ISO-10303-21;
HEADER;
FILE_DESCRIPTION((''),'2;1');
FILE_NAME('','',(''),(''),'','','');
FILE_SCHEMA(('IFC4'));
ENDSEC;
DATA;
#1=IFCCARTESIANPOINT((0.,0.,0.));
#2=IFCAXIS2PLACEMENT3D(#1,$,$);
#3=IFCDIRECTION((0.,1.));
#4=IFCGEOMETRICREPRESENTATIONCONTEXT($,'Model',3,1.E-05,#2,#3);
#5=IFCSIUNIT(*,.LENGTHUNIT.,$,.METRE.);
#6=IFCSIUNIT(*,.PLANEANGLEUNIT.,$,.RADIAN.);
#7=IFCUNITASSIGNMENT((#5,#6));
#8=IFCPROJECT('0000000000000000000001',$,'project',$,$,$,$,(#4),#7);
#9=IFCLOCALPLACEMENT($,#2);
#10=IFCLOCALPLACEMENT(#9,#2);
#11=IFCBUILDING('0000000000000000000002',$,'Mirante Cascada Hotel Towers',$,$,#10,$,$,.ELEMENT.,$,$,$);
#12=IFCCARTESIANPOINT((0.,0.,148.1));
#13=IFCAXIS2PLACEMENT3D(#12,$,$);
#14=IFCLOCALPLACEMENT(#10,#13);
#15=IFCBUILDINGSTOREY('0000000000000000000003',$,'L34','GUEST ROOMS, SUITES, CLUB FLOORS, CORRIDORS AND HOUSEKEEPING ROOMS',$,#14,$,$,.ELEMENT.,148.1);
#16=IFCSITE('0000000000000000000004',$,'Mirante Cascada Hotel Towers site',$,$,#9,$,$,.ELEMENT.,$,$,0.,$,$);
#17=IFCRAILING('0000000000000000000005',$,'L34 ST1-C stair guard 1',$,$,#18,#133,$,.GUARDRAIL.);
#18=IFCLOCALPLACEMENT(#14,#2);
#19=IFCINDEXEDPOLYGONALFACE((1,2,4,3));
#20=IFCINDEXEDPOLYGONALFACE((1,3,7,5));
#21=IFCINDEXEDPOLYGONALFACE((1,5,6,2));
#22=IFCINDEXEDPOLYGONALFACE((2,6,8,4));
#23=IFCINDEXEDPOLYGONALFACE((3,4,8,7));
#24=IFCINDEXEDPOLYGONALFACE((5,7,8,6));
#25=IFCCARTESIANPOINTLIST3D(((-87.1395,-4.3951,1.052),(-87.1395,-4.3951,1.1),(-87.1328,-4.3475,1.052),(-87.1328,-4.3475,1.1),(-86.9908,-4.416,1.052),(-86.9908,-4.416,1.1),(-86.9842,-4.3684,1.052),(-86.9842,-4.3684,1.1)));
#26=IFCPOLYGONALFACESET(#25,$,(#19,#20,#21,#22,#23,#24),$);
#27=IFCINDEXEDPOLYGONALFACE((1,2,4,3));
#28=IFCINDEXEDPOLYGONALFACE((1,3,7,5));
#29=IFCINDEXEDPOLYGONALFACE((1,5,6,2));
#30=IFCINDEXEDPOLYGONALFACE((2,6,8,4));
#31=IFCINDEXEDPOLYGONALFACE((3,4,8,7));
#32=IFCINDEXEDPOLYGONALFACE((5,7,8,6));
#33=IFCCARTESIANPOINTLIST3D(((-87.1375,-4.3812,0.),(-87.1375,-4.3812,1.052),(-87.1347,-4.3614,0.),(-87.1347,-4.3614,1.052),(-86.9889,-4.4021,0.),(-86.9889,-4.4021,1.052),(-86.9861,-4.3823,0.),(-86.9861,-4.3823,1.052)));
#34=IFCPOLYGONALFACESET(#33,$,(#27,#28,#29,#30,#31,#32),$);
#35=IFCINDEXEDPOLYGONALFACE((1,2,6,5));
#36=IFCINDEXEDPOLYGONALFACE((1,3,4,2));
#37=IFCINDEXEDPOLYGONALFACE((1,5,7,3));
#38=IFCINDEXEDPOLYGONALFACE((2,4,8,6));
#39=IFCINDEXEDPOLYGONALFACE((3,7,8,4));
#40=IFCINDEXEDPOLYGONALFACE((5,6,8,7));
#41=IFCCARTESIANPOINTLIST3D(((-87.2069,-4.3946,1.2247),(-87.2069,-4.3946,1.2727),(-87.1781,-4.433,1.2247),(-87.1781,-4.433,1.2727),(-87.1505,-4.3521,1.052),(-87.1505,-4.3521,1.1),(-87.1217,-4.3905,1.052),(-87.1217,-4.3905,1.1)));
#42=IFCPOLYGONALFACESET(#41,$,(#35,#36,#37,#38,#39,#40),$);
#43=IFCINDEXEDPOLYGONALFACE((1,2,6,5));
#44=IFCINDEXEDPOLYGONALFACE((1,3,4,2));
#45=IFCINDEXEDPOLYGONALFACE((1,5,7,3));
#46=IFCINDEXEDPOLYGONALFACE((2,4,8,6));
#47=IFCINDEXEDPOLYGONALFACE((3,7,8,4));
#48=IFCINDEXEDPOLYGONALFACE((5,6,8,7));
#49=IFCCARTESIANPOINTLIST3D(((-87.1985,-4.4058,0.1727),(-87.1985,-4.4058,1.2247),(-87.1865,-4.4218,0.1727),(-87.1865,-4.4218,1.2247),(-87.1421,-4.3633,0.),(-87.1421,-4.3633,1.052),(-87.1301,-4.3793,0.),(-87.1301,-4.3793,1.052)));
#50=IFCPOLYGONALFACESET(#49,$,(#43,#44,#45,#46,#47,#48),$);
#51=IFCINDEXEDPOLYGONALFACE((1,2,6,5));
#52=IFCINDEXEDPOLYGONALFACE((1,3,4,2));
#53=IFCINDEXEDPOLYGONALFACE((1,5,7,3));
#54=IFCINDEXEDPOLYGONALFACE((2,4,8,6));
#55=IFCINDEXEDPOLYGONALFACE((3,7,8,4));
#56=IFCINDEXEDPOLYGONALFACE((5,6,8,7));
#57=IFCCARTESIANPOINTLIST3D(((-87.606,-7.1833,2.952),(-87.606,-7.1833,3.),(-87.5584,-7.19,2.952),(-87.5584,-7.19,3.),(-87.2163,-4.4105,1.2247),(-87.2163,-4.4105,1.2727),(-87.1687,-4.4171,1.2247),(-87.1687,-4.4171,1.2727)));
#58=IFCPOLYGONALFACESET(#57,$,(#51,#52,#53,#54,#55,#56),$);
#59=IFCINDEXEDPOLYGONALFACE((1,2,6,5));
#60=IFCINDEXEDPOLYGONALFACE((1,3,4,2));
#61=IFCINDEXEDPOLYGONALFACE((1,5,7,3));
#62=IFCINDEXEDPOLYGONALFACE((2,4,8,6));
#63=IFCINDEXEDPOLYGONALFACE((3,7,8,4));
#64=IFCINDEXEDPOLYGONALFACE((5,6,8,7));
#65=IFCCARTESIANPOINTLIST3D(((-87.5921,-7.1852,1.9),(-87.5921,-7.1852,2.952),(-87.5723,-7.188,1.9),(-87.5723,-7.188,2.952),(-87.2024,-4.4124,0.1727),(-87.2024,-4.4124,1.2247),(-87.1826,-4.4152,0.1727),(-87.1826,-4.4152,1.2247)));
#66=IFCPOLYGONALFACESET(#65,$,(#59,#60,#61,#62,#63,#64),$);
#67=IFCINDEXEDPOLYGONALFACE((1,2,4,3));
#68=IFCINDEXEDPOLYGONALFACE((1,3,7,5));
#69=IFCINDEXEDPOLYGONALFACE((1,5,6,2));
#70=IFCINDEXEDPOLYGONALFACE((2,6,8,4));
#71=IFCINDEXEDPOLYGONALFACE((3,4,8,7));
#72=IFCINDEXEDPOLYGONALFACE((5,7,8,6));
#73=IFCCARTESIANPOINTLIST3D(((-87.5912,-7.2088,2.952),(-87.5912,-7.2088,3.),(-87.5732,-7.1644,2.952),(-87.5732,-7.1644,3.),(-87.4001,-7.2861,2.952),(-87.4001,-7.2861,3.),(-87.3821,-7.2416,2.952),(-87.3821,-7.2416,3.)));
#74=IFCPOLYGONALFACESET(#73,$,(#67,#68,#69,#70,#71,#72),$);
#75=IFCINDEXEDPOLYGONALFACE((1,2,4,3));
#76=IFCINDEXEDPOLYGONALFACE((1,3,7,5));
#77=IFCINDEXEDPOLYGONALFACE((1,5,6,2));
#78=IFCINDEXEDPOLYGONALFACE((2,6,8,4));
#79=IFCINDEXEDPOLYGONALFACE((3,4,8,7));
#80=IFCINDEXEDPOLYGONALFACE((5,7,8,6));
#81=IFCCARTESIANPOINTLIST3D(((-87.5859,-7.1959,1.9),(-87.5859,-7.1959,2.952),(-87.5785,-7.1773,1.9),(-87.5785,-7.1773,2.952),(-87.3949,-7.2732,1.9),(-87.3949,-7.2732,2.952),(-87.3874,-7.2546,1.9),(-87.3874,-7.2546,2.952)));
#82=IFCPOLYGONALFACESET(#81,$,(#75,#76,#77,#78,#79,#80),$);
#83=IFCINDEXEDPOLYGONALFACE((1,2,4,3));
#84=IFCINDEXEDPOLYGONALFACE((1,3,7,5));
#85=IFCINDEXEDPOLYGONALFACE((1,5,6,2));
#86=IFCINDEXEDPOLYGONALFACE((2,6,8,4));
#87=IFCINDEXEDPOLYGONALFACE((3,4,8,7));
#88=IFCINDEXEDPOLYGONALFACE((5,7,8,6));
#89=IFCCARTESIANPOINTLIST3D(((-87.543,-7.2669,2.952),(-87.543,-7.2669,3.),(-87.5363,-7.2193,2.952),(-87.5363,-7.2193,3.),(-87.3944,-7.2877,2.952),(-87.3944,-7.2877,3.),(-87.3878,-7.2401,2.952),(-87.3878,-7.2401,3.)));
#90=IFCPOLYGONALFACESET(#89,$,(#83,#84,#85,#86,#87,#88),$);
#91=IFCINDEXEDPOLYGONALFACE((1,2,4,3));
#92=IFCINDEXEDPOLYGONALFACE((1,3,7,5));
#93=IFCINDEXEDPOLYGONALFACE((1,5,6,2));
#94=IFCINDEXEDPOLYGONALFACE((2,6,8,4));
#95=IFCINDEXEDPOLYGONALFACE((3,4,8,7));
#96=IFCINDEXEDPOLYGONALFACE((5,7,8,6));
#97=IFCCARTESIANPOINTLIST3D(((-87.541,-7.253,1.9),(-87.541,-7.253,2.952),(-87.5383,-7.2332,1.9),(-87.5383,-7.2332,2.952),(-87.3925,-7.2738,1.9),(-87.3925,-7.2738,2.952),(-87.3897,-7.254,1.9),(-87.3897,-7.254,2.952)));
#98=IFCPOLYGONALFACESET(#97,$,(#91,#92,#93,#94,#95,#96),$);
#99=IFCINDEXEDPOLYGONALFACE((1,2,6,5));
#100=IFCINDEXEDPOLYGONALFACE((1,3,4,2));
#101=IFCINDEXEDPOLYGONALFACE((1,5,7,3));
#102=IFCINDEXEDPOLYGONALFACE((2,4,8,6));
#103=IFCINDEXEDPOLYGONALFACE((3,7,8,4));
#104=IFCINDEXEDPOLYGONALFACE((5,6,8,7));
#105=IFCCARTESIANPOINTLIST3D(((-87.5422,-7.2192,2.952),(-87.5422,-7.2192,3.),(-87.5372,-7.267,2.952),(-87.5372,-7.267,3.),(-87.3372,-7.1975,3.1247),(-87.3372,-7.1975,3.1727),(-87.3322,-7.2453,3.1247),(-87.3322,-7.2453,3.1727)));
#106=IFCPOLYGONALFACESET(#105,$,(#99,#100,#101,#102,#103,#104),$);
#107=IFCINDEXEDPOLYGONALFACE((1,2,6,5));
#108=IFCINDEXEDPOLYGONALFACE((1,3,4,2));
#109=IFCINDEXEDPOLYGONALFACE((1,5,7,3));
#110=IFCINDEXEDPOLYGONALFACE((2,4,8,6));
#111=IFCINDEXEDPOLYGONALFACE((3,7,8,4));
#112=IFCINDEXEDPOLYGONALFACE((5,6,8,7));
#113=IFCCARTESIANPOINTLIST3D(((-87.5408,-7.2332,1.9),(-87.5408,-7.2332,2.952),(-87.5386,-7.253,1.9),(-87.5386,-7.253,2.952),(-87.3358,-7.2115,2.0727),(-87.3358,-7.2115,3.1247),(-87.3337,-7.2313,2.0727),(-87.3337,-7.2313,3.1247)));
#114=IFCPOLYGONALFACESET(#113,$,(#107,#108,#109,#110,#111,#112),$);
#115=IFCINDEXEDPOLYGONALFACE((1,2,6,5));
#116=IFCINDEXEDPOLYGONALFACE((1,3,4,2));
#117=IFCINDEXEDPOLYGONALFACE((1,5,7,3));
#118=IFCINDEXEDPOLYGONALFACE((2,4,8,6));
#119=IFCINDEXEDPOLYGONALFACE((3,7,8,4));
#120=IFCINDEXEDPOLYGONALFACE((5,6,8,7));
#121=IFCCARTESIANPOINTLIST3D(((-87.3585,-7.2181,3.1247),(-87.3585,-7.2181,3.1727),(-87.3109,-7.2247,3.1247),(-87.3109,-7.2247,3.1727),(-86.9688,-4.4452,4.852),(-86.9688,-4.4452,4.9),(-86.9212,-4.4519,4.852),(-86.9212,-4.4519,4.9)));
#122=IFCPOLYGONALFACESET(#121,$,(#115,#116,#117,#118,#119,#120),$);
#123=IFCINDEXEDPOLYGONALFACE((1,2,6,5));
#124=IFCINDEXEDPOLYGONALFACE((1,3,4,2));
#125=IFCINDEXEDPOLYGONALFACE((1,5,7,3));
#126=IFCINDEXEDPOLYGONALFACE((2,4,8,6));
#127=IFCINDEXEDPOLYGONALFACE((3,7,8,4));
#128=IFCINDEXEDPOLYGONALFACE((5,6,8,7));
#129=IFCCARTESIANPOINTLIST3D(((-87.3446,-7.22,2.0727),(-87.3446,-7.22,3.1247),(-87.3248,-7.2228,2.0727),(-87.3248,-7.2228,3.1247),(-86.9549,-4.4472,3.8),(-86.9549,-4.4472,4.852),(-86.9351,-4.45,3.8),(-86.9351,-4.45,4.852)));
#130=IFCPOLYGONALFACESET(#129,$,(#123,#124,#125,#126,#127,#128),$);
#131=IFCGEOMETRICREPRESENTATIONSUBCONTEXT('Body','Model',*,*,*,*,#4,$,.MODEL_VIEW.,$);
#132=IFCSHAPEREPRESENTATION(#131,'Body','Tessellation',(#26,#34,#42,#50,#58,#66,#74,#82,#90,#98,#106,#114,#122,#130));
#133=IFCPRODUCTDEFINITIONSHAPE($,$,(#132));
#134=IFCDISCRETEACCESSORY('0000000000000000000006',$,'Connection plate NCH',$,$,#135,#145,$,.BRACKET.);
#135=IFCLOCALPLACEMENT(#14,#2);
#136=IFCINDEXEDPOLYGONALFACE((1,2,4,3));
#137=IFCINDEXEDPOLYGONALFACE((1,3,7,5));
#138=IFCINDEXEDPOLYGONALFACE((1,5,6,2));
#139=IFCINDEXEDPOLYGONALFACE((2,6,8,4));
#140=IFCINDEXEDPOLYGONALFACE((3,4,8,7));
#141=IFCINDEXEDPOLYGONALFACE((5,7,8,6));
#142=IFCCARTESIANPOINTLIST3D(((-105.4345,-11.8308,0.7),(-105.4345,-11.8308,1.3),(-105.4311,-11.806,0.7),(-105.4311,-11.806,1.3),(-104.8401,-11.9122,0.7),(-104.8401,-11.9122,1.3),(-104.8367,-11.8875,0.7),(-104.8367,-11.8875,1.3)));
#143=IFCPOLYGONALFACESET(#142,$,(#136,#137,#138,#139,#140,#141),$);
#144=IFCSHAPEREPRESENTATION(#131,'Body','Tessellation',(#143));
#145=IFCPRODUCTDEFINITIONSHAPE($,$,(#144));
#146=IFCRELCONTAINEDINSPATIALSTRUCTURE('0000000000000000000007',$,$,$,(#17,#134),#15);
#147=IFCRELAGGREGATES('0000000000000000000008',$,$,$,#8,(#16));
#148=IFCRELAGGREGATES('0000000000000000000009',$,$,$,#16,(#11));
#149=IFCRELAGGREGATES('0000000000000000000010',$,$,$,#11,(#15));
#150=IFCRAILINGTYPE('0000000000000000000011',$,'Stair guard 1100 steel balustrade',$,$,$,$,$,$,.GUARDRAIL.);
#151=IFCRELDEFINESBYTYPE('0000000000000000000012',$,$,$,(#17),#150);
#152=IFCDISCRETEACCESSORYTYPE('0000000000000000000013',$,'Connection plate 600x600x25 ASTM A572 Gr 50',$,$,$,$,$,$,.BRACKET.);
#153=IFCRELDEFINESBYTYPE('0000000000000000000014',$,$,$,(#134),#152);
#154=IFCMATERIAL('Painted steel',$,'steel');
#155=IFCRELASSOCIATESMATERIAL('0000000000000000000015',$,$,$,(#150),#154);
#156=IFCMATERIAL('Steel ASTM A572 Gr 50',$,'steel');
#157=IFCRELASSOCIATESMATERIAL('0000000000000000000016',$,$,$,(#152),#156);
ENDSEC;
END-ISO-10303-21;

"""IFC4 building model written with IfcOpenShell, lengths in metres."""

from ifc_helpers import new_model, si_unit, direction, frame, origin, origin_2d, place, context, subcontext, project, spatial, rectangle, extrude, material, material_profile, profile_set, type_object, element, save


model = new_model("IFC4")

# Units and contexts
model_context = context("Model", 3, precision=1e-05, world=origin(), true_north=direction((0.0, 1.0)))
body_context = subcontext(model_context, "Body", "Model", "MODEL_VIEW")
ifc_project = project(units=[si_unit("LENGTHUNIT", "METRE"), si_unit("PLANEANGLEUNIT", "RADIAN")], contexts=[model_context])

# Site, building, storey
site_placement = place(None, origin())
site = spatial("IfcSite", under=ifc_project, at=site_placement, Name="Mirante Cascada Hotel Towers site", CompositionType="ELEMENT", RefElevation=0.0)
building_placement = place(site_placement, origin())
building = spatial("IfcBuilding", under=site, at=building_placement, Name="Mirante Cascada Hotel Towers", CompositionType="ELEMENT")
storey_placement = place(building_placement, frame((0.0, 0.0, 148.1)))
storey = spatial("IfcBuildingStorey", under=building, at=storey_placement, Name="L34", Description="GUEST ROOMS, SUITES, CLUB FLOORS, CORRIDORS AND HOUSEKEEPING ROOMS", CompositionType="ELEMENT", Elevation=148.1)

# Railing
ifc_material_1 = material(Name="Painted steel", Category="steel")
railing_type = type_object("IfcRailingType", Name="Stair guard 1100 steel balustrade", PredefinedType="GUARDRAIL", material=ifc_material_1)
railing_placement = place(storey_placement, frame((-86.9875, -4.3922, 0.0)))
element("IfcRailing", 1, at=railing_placement, inside=storey, type_object=railing_type, Name="L34 ST1-C stair guard 1", PredefinedType="GUARDRAIL", context=body_context, shape_type="SweptSolid", body=[
    extrude(rectangle(XDim=0.048, YDim=0.048, at=origin_2d()), frame((0.0, 0.0, 1.076), z_axis=(-0.990254, 0.139275, 0.0), x_axis=(-0.139275, -0.990254, 0.0)), (0.0, 0.0, 1.0), 0.1501),
    extrude(rectangle(XDim=0.02, YDim=1.052, at=origin_2d()), frame((0.0, 0.0, 0.526), z_axis=(-0.990254, 0.139275, 0.0), x_axis=(-0.139275, -0.990254, 0.0)), (0.0, 0.0, 1.0), 0.1501),
    extrude(rectangle(XDim=0.048, YDim=0.048, at=origin_2d()), frame((-0.1486, 0.0209, 1.076), z_axis=(-0.798639, -0.601811, 0.0), x_axis=(0.601811, -0.798639, 0.0)), (0.0, 0.925603, 0.378496), 0.1866),
    extrude(rectangle(XDim=0.02, YDim=1.052, at=origin_2d()), frame((-0.1486, 0.0209, 0.526), z_axis=(-0.798639, -0.601811, 0.0), x_axis=(0.601811, -0.798639, 0.0)), (0.0, 0.925603, 0.378496), 0.1866),
    extrude(rectangle(XDim=0.048, YDim=0.048, at=origin_2d()), frame((-0.205, -0.0216, 1.2487), z_axis=(-0.139176, -0.990268, 0.0), x_axis=(0.990268, -0.139176, 0.0)), (0.0, 0.525021, 0.851089), 3.29),
    extrude(rectangle(XDim=0.02, YDim=1.052, at=origin_2d()), frame((-0.205, -0.0216, 0.6987), z_axis=(-0.139176, -0.990268, 0.0), x_axis=(0.990268, -0.139176, 0.0)), (0.0, 0.525021, 0.851089), 3.29),
    extrude(rectangle(XDim=0.048, YDim=0.048, at=origin_2d()), frame((-0.5947, -2.7944, 2.976), z_axis=(0.927031, -0.374984, 0.0), x_axis=(0.374984, 0.927031, 0.0)), (0.0, 0.0, 1.0), 0.2061),
    extrude(rectangle(XDim=0.02, YDim=1.052, at=origin_2d()), frame((-0.5947, -2.7944, 2.426), z_axis=(0.927031, -0.374984, 0.0), x_axis=(0.374984, 0.927031, 0.0)), (0.0, 0.0, 1.0), 0.2061),
    extrude(rectangle(XDim=0.048, YDim=0.048, at=origin_2d()), frame((-0.4036, -2.8717, 2.976), z_axis=(-0.990345, 0.138622, 0.0), x_axis=(-0.138622, -0.990345, 0.0)), (0.0, 0.0, 1.0), 0.15),
    extrude(rectangle(XDim=0.02, YDim=1.052, at=origin_2d()), frame((-0.4036, -2.8717, 2.426), z_axis=(-0.990345, 0.138622, 0.0), x_axis=(-0.138622, -0.990345, 0.0)), (0.0, 0.0, 1.0), 0.15),
    extrude(rectangle(XDim=0.048, YDim=0.048, at=origin_2d()), frame((-0.5522, -2.8509, 2.976), z_axis=(0.994444, 0.105266, 0.0), x_axis=(-0.105266, 0.994444, 0.0)), (0.0, 0.642184, 0.76655), 0.2689),
    extrude(rectangle(XDim=0.02, YDim=1.052, at=origin_2d()), frame((-0.5522, -2.8509, 2.426), z_axis=(0.994444, 0.105266, 0.0), x_axis=(-0.105266, 0.994444, 0.0)), (0.0, 0.642184, 0.76655), 0.2689),
    extrude(rectangle(XDim=0.048, YDim=0.048, at=origin_2d()), frame((-0.3472, -2.8292, 3.1487), z_axis=(0.139176, 0.990268, 0.0), x_axis=(-0.990268, 0.139176, 0.0)), (0.0, 0.525021, 0.851089), 3.29),
    extrude(rectangle(XDim=0.02, YDim=1.052, at=origin_2d()), frame((-0.3472, -2.8292, 2.5987), z_axis=(0.139176, 0.990268, 0.0), x_axis=(-0.990268, 0.139176, 0.0)), (0.0, 0.525021, 0.851089), 3.29),
])

# Discrete accessory
ifc_material_2 = material(Name="Steel ASTM A572 Gr 50", Category="steel")
ifc_material_profile_1 = material_profile(ifc_material_2, rectangle(XDim=0.6, YDim=0.6, at=origin_2d()), Name="Connection plate 600x600x25 ASTM A572 Gr 50")
ifc_profile_set_1 = profile_set([ifc_material_profile_1], Name="Steel ASTM A572 Gr 50")
discrete_accessory_type = type_object("IfcDiscreteAccessoryType", Name="Connection plate 600x600x25 ASTM A572 Gr 50", PredefinedType="BRACKET", material=ifc_profile_set_1)
discrete_accessory_placement = place(storey_placement, frame((-105.1373, -11.8715, 1.0), z_axis=(0.135826, 0.990733, 0.0), x_axis=(-0.990733, 0.135826, 0.0)))
element("IfcDiscreteAccessory", 2, at=discrete_accessory_placement, inside=storey, type_object=discrete_accessory_type, Name="Connection plate NCH", PredefinedType="BRACKET", context=body_context, shape_type="SweptSolid", body=[
    extrude(rectangle(XDim=0.6, YDim=0.6, at=origin_2d()), origin(), (0.0, 0.0, 1.0), 0.025),
])

save(model, "model.ifc")
